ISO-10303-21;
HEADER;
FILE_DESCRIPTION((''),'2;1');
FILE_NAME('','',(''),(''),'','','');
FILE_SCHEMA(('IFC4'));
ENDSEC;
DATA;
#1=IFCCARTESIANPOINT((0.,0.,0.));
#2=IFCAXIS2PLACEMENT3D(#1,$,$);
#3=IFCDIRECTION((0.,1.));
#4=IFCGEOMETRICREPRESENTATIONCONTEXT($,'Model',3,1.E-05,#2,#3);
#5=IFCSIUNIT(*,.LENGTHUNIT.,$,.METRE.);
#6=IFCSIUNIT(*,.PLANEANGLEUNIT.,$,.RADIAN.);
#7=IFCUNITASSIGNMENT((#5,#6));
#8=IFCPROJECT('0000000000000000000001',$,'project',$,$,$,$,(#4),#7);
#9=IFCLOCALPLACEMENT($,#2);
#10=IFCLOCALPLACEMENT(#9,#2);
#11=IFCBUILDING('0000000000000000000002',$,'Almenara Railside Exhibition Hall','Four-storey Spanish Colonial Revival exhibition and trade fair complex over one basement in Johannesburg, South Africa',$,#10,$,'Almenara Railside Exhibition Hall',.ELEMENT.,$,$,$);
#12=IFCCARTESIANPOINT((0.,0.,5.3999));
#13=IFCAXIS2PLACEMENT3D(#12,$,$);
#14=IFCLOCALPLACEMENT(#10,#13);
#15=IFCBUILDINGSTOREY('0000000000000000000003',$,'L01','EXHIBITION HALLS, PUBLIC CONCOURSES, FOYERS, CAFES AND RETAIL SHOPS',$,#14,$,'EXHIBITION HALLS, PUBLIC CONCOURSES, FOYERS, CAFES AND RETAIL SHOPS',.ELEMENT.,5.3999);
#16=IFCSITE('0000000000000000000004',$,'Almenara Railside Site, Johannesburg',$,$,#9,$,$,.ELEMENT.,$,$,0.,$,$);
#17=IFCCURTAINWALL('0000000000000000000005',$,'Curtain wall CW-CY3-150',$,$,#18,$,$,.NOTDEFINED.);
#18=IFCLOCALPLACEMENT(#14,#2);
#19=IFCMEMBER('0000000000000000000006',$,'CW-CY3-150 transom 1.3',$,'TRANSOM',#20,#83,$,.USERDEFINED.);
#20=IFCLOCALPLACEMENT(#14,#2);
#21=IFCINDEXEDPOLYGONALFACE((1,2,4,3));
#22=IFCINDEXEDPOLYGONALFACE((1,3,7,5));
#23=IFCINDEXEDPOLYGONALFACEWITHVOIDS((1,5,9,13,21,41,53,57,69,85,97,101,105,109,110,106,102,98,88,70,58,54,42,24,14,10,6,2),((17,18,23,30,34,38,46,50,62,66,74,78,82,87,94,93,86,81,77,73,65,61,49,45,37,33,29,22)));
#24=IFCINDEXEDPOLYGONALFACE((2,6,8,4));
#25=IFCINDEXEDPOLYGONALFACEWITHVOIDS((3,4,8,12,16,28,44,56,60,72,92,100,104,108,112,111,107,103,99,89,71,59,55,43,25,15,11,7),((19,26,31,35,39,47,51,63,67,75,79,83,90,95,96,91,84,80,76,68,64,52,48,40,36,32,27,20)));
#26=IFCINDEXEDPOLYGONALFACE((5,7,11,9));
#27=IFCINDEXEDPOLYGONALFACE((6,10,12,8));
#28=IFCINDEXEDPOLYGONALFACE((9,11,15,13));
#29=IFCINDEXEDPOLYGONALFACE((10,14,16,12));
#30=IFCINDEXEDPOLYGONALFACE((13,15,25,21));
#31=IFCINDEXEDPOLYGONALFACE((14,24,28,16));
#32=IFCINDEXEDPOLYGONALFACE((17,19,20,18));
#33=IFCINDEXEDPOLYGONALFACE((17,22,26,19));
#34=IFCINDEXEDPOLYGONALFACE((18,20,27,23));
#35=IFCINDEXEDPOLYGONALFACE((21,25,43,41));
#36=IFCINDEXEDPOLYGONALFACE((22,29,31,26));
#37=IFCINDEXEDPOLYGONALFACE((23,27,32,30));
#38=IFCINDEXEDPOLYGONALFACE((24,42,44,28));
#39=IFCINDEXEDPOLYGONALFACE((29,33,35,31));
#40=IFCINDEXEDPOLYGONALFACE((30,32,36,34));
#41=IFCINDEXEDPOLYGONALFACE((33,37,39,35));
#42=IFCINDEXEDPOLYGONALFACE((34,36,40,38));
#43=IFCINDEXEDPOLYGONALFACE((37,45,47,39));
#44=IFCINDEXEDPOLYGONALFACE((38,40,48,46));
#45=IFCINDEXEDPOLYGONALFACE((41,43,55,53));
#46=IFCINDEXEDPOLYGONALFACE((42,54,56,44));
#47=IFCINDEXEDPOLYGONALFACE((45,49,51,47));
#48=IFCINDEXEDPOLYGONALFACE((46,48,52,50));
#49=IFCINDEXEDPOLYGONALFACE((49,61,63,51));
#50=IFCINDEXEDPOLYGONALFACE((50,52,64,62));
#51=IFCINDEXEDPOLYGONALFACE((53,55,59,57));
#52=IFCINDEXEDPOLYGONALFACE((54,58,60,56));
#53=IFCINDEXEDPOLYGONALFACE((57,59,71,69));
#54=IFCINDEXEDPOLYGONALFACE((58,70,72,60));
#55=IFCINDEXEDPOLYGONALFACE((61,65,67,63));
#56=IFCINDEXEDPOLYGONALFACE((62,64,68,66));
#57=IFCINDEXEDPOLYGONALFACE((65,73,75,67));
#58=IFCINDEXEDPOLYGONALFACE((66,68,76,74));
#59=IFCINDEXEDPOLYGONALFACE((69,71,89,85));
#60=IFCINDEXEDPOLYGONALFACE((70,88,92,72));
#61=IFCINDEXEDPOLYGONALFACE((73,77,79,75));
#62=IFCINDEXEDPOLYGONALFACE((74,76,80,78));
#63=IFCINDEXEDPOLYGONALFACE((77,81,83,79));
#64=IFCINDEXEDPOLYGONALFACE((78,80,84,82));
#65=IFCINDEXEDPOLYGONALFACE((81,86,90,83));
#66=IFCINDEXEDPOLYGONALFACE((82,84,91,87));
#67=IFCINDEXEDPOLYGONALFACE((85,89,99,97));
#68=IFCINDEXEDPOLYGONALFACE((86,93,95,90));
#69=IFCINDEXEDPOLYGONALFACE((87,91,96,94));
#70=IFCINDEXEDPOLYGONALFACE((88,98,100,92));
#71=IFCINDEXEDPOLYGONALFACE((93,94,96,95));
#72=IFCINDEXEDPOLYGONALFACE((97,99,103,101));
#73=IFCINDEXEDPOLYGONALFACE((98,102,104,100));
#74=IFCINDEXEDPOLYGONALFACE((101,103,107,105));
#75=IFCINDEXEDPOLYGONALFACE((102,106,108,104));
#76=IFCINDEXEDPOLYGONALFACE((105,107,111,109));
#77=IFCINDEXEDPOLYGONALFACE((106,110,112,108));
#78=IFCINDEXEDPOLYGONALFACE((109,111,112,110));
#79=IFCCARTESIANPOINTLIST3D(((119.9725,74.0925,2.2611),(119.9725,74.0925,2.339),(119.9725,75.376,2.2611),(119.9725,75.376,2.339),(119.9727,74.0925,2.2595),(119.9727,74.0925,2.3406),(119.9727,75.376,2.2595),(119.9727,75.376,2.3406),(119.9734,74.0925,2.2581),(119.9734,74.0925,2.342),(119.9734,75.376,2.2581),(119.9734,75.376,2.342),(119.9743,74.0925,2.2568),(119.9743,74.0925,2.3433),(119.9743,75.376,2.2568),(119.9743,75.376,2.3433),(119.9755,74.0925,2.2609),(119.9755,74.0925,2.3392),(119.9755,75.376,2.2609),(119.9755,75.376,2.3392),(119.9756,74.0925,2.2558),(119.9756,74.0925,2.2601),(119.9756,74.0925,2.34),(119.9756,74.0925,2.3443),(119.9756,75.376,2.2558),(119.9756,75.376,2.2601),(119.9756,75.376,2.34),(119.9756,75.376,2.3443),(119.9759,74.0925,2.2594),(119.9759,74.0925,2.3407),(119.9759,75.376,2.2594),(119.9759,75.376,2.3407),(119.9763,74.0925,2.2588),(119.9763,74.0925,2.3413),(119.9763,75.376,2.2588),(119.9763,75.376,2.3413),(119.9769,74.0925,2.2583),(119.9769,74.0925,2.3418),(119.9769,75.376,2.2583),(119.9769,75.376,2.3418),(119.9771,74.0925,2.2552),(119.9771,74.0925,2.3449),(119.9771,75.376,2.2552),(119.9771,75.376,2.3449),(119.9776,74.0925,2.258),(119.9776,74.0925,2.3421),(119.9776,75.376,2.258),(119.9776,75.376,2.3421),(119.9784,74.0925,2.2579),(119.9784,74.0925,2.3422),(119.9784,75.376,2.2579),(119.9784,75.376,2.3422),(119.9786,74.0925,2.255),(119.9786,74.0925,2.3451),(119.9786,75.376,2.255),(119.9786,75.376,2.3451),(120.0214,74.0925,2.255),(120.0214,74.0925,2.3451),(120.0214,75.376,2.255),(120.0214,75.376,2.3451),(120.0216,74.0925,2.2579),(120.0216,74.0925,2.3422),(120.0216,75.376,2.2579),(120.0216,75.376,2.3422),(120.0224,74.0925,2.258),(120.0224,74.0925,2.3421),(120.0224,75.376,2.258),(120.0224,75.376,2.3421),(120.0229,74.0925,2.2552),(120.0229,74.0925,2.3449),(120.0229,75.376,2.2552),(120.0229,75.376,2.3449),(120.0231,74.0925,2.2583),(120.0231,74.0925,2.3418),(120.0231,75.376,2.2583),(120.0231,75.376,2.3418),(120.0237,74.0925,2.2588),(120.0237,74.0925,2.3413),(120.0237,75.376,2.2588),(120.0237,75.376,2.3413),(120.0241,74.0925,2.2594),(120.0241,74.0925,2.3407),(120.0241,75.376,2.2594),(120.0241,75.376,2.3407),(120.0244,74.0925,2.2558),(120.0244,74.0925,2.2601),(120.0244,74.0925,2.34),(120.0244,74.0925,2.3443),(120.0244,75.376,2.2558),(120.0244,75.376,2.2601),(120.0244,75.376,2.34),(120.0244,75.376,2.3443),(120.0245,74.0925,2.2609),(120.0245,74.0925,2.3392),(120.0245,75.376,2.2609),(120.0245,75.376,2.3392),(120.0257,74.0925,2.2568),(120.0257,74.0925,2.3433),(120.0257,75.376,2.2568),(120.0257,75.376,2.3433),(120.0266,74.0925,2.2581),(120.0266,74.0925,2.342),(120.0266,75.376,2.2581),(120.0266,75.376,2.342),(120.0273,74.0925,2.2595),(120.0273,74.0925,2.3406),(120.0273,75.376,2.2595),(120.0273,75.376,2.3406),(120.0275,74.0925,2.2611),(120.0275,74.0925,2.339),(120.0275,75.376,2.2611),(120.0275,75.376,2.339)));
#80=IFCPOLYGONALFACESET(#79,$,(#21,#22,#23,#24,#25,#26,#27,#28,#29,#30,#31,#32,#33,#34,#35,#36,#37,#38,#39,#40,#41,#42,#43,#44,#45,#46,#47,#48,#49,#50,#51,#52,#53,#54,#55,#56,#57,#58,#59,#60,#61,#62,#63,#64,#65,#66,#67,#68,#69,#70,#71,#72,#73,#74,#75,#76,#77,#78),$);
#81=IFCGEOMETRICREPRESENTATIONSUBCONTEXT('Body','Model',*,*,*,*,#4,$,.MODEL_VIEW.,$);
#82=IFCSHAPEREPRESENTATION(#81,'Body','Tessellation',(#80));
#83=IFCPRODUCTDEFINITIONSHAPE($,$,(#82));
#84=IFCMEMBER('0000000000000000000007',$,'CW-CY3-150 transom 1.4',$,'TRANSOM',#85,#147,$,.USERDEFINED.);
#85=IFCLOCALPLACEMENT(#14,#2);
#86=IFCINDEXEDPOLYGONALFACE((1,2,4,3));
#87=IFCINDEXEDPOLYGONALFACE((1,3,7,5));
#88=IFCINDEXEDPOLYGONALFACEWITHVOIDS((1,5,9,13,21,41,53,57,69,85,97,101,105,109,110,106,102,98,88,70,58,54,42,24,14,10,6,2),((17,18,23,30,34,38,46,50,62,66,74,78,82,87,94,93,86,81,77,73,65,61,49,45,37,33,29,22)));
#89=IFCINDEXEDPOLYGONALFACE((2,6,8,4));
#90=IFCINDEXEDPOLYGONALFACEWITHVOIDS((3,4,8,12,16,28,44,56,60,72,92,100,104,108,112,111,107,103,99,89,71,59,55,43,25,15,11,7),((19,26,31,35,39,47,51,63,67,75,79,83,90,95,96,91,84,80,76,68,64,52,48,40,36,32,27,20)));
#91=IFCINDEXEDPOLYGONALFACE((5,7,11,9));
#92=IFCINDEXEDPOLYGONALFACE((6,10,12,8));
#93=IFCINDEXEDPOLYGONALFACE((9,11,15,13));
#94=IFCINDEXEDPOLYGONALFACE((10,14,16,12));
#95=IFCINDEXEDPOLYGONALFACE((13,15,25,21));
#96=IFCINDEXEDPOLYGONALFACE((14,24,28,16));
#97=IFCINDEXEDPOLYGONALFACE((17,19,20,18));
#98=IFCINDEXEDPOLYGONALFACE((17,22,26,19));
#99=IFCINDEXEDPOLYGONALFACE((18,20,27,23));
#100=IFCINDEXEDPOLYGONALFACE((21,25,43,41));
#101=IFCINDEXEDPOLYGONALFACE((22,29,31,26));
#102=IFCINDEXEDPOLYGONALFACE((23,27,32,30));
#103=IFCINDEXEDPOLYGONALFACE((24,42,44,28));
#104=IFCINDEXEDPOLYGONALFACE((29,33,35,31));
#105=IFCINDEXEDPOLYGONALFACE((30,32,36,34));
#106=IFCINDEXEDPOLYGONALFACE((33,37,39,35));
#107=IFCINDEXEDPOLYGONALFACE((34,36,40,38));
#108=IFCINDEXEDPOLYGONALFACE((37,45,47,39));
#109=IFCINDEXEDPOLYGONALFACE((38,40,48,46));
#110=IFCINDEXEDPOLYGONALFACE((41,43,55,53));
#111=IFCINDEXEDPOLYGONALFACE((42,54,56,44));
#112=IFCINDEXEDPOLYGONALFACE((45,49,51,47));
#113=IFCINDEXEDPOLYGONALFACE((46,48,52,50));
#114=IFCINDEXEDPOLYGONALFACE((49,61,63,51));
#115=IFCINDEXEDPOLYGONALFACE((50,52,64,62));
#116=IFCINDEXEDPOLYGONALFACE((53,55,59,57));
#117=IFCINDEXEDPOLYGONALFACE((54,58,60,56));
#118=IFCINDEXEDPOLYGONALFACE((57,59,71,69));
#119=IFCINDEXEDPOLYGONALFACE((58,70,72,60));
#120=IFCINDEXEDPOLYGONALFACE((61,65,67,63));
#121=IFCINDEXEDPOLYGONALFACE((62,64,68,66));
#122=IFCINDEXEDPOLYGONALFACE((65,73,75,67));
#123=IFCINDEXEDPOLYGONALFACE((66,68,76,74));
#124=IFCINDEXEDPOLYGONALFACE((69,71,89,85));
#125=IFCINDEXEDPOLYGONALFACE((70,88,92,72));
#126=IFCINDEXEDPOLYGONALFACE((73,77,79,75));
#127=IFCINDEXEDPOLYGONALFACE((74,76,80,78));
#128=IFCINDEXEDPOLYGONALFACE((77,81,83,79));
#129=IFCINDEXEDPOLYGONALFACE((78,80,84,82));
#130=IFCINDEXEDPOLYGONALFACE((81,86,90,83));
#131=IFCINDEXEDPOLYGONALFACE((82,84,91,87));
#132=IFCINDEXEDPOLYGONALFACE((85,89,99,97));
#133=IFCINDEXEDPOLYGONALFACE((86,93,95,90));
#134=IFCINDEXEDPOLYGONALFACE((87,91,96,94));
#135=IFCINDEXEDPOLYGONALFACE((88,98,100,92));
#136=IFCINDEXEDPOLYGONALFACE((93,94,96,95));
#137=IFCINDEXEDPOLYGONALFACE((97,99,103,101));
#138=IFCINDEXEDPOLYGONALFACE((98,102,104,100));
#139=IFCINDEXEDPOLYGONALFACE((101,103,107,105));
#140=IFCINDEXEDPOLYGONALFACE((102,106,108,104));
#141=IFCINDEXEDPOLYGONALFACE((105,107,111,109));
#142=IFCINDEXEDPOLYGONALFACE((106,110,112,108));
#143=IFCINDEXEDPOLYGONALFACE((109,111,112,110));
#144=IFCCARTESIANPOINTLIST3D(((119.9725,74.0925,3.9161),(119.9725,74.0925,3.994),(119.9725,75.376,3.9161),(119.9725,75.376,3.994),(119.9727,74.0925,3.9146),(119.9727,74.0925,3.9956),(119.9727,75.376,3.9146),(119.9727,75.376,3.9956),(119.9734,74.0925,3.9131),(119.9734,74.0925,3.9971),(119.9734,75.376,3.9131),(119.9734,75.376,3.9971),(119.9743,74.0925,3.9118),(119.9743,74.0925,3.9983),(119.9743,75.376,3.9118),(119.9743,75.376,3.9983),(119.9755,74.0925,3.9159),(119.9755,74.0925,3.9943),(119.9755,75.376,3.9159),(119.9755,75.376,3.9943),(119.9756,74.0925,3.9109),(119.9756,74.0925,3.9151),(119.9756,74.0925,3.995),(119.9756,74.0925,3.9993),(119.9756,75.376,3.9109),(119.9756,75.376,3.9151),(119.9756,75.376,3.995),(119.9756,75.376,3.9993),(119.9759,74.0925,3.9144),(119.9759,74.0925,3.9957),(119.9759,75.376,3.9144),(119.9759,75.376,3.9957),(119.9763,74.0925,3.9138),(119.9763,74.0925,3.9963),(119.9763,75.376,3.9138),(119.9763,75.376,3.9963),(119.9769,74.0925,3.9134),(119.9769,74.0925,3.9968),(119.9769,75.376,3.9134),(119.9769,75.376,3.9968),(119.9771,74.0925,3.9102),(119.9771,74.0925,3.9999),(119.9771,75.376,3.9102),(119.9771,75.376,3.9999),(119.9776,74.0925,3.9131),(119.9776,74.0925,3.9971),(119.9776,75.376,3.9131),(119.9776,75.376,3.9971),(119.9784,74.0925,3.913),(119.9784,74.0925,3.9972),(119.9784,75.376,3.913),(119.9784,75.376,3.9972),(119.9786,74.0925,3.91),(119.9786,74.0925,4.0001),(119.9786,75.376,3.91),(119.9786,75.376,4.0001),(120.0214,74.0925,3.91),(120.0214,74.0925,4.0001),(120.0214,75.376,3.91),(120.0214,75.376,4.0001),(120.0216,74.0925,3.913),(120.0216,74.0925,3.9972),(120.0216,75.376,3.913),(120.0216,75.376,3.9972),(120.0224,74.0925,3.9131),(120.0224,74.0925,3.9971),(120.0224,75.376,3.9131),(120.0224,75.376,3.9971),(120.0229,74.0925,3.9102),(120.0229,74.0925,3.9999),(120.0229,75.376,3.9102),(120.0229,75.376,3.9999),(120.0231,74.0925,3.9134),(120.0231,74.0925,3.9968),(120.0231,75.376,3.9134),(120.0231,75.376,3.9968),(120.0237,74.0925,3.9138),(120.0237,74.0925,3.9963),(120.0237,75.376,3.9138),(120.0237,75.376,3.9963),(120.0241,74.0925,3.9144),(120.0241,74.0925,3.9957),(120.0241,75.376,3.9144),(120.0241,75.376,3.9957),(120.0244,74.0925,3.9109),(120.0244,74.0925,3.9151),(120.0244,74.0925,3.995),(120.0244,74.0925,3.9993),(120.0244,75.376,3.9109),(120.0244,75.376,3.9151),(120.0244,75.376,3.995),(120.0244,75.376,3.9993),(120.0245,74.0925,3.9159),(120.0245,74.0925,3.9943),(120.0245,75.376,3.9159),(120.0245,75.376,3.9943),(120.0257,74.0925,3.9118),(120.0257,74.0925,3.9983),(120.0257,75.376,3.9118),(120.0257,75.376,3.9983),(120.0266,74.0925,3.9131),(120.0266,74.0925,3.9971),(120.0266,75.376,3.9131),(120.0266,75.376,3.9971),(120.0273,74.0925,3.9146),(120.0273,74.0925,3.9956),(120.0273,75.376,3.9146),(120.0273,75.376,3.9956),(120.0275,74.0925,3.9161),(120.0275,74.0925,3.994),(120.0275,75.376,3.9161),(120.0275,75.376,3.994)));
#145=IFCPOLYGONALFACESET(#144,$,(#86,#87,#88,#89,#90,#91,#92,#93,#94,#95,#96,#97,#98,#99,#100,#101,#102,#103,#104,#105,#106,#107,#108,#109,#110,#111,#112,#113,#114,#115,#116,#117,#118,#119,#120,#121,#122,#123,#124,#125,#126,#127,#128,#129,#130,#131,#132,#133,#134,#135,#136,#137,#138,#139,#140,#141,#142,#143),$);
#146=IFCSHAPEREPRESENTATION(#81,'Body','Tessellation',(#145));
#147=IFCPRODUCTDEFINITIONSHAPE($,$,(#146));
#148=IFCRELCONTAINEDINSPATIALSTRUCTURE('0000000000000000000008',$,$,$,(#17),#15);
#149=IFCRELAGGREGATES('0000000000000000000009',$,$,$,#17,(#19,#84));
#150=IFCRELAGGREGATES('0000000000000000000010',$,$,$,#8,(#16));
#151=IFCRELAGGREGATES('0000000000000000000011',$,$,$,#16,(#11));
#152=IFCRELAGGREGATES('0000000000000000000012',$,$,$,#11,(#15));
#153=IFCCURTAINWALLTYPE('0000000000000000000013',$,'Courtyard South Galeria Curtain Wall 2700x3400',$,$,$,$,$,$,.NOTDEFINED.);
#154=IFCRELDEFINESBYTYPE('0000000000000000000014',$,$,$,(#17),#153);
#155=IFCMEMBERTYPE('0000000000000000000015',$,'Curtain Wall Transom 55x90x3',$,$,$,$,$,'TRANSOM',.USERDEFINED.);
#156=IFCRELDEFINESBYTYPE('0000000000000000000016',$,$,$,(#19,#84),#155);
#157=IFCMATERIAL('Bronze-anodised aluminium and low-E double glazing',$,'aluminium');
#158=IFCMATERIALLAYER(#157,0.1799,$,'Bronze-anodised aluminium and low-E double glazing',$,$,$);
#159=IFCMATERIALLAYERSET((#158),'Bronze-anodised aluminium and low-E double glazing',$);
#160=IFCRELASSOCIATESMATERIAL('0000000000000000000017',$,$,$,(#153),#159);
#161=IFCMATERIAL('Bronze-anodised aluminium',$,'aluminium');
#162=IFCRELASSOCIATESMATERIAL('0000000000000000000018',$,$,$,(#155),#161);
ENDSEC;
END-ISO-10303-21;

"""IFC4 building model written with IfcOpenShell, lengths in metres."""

from ifc_helpers import new_model, si_unit, direction, frame, origin, origin_2d, place, context, subcontext, project, spatial, hollow_rectangle, extrude, material, layer, layer_set, material_profile, profile_set, type_object, element, aggregate, save


model = new_model("IFC4")

# Units and contexts
model_context = context("Model", 3, precision=1e-05, world=origin(), true_north=direction((0.0, 1.0)))
body_context = subcontext(model_context, "Body", "Model", "MODEL_VIEW")
ifc_project = project(units=[si_unit("LENGTHUNIT", "METRE"), si_unit("PLANEANGLEUNIT", "RADIAN")], contexts=[model_context])

# Site, building, storey
site_placement = place(None, origin())
site = spatial("IfcSite", under=ifc_project, at=site_placement, Name="Almenara Railside Site, Johannesburg", CompositionType="ELEMENT", RefElevation=0.0)
building_placement = place(site_placement, origin())
building = spatial("IfcBuilding", under=site, at=building_placement, Name="Almenara Railside Exhibition Hall", Description="Four-storey Spanish Colonial Revival exhibition and trade fair complex over one basement in Johannesburg, South Africa", LongName="Almenara Railside Exhibition Hall", CompositionType="ELEMENT")
storey_placement = place(building_placement, frame((0.0, 0.0, 5.3999)))
storey = spatial("IfcBuildingStorey", under=building, at=storey_placement, Name="L01", Description="EXHIBITION HALLS, PUBLIC CONCOURSES, FOYERS, CAFES AND RETAIL SHOPS", LongName="EXHIBITION HALLS, PUBLIC CONCOURSES, FOYERS, CAFES AND RETAIL SHOPS", CompositionType="ELEMENT", Elevation=5.3999)

# Curtain wall
ifc_material_1 = material(Name="Bronze-anodised aluminium and low-E double glazing", Category="aluminium")
ifc_layer_1 = layer(ifc_material_1, 0.1799, Name="Bronze-anodised aluminium and low-E double glazing")
ifc_layer_set_1 = layer_set([ifc_layer_1], Name="Bronze-anodised aluminium and low-E double glazing")
curtain_wall_type = type_object("IfcCurtainWallType", Name="Courtyard South Galeria Curtain Wall 2700x3400", PredefinedType="NOTDEFINED", material=ifc_layer_set_1)
curtain_wall_1_placement = place(storey_placement, origin())
curtain_wall_1 = element("IfcCurtainWall", 1, at=curtain_wall_1_placement, inside=storey, type_object=curtain_wall_type, Name="Curtain wall CW-CY3-150", PredefinedType="NOTDEFINED")
ifc_material_2 = material(Name="Bronze-anodised aluminium", Category="aluminium")

# Members
ifc_material_profile_1 = material_profile(ifc_material_2, hollow_rectangle(XDim=0.0549, YDim=0.0901, WallThickness=0.0029, InnerFilletRadius=0.0029, OuterFilletRadius=0.0061, at=origin_2d()), Name="ALU-TRN 55x90x3")
ifc_profile_set_1 = profile_set([ifc_material_profile_1], Name="Bronze-anodised aluminium")
member_type_1 = type_object("IfcMemberType", Name="Curtain Wall Transom 55x90x3", ElementType="TRANSOM", PredefinedType="USERDEFINED", material=ifc_profile_set_1)
member_1_placement = place(storey_placement, frame((120.0, 74.0925, 2.3), z_axis=(0.0, 1.0, 0.0), x_axis=(-1.0, 0.0, 0.0)))
member_1 = element("IfcMember", 2, at=member_1_placement, type_object=member_type_1, Name="CW-CY3-150 transom 1.3", ObjectType="TRANSOM", PredefinedType="USERDEFINED", context=body_context, shape_type="SweptSolid", body=[
    extrude(hollow_rectangle(XDim=0.0549, YDim=0.0901, WallThickness=0.0029, InnerFilletRadius=0.0029, OuterFilletRadius=0.0061, at=origin_2d()), origin(), (0.0, 0.0, 1.0), 1.2834),
])
member_2_placement = place(storey_placement, frame((120.0, 74.0925, 3.9551), z_axis=(0.0, 1.0, 0.0), x_axis=(-1.0, 0.0, 0.0)))
member_2 = element("IfcMember", 3, at=member_2_placement, type_object=member_type_1, Name="CW-CY3-150 transom 1.4", ObjectType="TRANSOM", PredefinedType="USERDEFINED", context=body_context, shape_type="SweptSolid", body=[
    extrude(hollow_rectangle(XDim=0.0549, YDim=0.0901, WallThickness=0.0029, InnerFilletRadius=0.0029, OuterFilletRadius=0.0061, at=origin_2d()), origin(), (0.0, 0.0, 1.0), 1.2834),
])

aggregate(curtain_wall_1, [member_1, member_2])

save(model, "model.ifc")
